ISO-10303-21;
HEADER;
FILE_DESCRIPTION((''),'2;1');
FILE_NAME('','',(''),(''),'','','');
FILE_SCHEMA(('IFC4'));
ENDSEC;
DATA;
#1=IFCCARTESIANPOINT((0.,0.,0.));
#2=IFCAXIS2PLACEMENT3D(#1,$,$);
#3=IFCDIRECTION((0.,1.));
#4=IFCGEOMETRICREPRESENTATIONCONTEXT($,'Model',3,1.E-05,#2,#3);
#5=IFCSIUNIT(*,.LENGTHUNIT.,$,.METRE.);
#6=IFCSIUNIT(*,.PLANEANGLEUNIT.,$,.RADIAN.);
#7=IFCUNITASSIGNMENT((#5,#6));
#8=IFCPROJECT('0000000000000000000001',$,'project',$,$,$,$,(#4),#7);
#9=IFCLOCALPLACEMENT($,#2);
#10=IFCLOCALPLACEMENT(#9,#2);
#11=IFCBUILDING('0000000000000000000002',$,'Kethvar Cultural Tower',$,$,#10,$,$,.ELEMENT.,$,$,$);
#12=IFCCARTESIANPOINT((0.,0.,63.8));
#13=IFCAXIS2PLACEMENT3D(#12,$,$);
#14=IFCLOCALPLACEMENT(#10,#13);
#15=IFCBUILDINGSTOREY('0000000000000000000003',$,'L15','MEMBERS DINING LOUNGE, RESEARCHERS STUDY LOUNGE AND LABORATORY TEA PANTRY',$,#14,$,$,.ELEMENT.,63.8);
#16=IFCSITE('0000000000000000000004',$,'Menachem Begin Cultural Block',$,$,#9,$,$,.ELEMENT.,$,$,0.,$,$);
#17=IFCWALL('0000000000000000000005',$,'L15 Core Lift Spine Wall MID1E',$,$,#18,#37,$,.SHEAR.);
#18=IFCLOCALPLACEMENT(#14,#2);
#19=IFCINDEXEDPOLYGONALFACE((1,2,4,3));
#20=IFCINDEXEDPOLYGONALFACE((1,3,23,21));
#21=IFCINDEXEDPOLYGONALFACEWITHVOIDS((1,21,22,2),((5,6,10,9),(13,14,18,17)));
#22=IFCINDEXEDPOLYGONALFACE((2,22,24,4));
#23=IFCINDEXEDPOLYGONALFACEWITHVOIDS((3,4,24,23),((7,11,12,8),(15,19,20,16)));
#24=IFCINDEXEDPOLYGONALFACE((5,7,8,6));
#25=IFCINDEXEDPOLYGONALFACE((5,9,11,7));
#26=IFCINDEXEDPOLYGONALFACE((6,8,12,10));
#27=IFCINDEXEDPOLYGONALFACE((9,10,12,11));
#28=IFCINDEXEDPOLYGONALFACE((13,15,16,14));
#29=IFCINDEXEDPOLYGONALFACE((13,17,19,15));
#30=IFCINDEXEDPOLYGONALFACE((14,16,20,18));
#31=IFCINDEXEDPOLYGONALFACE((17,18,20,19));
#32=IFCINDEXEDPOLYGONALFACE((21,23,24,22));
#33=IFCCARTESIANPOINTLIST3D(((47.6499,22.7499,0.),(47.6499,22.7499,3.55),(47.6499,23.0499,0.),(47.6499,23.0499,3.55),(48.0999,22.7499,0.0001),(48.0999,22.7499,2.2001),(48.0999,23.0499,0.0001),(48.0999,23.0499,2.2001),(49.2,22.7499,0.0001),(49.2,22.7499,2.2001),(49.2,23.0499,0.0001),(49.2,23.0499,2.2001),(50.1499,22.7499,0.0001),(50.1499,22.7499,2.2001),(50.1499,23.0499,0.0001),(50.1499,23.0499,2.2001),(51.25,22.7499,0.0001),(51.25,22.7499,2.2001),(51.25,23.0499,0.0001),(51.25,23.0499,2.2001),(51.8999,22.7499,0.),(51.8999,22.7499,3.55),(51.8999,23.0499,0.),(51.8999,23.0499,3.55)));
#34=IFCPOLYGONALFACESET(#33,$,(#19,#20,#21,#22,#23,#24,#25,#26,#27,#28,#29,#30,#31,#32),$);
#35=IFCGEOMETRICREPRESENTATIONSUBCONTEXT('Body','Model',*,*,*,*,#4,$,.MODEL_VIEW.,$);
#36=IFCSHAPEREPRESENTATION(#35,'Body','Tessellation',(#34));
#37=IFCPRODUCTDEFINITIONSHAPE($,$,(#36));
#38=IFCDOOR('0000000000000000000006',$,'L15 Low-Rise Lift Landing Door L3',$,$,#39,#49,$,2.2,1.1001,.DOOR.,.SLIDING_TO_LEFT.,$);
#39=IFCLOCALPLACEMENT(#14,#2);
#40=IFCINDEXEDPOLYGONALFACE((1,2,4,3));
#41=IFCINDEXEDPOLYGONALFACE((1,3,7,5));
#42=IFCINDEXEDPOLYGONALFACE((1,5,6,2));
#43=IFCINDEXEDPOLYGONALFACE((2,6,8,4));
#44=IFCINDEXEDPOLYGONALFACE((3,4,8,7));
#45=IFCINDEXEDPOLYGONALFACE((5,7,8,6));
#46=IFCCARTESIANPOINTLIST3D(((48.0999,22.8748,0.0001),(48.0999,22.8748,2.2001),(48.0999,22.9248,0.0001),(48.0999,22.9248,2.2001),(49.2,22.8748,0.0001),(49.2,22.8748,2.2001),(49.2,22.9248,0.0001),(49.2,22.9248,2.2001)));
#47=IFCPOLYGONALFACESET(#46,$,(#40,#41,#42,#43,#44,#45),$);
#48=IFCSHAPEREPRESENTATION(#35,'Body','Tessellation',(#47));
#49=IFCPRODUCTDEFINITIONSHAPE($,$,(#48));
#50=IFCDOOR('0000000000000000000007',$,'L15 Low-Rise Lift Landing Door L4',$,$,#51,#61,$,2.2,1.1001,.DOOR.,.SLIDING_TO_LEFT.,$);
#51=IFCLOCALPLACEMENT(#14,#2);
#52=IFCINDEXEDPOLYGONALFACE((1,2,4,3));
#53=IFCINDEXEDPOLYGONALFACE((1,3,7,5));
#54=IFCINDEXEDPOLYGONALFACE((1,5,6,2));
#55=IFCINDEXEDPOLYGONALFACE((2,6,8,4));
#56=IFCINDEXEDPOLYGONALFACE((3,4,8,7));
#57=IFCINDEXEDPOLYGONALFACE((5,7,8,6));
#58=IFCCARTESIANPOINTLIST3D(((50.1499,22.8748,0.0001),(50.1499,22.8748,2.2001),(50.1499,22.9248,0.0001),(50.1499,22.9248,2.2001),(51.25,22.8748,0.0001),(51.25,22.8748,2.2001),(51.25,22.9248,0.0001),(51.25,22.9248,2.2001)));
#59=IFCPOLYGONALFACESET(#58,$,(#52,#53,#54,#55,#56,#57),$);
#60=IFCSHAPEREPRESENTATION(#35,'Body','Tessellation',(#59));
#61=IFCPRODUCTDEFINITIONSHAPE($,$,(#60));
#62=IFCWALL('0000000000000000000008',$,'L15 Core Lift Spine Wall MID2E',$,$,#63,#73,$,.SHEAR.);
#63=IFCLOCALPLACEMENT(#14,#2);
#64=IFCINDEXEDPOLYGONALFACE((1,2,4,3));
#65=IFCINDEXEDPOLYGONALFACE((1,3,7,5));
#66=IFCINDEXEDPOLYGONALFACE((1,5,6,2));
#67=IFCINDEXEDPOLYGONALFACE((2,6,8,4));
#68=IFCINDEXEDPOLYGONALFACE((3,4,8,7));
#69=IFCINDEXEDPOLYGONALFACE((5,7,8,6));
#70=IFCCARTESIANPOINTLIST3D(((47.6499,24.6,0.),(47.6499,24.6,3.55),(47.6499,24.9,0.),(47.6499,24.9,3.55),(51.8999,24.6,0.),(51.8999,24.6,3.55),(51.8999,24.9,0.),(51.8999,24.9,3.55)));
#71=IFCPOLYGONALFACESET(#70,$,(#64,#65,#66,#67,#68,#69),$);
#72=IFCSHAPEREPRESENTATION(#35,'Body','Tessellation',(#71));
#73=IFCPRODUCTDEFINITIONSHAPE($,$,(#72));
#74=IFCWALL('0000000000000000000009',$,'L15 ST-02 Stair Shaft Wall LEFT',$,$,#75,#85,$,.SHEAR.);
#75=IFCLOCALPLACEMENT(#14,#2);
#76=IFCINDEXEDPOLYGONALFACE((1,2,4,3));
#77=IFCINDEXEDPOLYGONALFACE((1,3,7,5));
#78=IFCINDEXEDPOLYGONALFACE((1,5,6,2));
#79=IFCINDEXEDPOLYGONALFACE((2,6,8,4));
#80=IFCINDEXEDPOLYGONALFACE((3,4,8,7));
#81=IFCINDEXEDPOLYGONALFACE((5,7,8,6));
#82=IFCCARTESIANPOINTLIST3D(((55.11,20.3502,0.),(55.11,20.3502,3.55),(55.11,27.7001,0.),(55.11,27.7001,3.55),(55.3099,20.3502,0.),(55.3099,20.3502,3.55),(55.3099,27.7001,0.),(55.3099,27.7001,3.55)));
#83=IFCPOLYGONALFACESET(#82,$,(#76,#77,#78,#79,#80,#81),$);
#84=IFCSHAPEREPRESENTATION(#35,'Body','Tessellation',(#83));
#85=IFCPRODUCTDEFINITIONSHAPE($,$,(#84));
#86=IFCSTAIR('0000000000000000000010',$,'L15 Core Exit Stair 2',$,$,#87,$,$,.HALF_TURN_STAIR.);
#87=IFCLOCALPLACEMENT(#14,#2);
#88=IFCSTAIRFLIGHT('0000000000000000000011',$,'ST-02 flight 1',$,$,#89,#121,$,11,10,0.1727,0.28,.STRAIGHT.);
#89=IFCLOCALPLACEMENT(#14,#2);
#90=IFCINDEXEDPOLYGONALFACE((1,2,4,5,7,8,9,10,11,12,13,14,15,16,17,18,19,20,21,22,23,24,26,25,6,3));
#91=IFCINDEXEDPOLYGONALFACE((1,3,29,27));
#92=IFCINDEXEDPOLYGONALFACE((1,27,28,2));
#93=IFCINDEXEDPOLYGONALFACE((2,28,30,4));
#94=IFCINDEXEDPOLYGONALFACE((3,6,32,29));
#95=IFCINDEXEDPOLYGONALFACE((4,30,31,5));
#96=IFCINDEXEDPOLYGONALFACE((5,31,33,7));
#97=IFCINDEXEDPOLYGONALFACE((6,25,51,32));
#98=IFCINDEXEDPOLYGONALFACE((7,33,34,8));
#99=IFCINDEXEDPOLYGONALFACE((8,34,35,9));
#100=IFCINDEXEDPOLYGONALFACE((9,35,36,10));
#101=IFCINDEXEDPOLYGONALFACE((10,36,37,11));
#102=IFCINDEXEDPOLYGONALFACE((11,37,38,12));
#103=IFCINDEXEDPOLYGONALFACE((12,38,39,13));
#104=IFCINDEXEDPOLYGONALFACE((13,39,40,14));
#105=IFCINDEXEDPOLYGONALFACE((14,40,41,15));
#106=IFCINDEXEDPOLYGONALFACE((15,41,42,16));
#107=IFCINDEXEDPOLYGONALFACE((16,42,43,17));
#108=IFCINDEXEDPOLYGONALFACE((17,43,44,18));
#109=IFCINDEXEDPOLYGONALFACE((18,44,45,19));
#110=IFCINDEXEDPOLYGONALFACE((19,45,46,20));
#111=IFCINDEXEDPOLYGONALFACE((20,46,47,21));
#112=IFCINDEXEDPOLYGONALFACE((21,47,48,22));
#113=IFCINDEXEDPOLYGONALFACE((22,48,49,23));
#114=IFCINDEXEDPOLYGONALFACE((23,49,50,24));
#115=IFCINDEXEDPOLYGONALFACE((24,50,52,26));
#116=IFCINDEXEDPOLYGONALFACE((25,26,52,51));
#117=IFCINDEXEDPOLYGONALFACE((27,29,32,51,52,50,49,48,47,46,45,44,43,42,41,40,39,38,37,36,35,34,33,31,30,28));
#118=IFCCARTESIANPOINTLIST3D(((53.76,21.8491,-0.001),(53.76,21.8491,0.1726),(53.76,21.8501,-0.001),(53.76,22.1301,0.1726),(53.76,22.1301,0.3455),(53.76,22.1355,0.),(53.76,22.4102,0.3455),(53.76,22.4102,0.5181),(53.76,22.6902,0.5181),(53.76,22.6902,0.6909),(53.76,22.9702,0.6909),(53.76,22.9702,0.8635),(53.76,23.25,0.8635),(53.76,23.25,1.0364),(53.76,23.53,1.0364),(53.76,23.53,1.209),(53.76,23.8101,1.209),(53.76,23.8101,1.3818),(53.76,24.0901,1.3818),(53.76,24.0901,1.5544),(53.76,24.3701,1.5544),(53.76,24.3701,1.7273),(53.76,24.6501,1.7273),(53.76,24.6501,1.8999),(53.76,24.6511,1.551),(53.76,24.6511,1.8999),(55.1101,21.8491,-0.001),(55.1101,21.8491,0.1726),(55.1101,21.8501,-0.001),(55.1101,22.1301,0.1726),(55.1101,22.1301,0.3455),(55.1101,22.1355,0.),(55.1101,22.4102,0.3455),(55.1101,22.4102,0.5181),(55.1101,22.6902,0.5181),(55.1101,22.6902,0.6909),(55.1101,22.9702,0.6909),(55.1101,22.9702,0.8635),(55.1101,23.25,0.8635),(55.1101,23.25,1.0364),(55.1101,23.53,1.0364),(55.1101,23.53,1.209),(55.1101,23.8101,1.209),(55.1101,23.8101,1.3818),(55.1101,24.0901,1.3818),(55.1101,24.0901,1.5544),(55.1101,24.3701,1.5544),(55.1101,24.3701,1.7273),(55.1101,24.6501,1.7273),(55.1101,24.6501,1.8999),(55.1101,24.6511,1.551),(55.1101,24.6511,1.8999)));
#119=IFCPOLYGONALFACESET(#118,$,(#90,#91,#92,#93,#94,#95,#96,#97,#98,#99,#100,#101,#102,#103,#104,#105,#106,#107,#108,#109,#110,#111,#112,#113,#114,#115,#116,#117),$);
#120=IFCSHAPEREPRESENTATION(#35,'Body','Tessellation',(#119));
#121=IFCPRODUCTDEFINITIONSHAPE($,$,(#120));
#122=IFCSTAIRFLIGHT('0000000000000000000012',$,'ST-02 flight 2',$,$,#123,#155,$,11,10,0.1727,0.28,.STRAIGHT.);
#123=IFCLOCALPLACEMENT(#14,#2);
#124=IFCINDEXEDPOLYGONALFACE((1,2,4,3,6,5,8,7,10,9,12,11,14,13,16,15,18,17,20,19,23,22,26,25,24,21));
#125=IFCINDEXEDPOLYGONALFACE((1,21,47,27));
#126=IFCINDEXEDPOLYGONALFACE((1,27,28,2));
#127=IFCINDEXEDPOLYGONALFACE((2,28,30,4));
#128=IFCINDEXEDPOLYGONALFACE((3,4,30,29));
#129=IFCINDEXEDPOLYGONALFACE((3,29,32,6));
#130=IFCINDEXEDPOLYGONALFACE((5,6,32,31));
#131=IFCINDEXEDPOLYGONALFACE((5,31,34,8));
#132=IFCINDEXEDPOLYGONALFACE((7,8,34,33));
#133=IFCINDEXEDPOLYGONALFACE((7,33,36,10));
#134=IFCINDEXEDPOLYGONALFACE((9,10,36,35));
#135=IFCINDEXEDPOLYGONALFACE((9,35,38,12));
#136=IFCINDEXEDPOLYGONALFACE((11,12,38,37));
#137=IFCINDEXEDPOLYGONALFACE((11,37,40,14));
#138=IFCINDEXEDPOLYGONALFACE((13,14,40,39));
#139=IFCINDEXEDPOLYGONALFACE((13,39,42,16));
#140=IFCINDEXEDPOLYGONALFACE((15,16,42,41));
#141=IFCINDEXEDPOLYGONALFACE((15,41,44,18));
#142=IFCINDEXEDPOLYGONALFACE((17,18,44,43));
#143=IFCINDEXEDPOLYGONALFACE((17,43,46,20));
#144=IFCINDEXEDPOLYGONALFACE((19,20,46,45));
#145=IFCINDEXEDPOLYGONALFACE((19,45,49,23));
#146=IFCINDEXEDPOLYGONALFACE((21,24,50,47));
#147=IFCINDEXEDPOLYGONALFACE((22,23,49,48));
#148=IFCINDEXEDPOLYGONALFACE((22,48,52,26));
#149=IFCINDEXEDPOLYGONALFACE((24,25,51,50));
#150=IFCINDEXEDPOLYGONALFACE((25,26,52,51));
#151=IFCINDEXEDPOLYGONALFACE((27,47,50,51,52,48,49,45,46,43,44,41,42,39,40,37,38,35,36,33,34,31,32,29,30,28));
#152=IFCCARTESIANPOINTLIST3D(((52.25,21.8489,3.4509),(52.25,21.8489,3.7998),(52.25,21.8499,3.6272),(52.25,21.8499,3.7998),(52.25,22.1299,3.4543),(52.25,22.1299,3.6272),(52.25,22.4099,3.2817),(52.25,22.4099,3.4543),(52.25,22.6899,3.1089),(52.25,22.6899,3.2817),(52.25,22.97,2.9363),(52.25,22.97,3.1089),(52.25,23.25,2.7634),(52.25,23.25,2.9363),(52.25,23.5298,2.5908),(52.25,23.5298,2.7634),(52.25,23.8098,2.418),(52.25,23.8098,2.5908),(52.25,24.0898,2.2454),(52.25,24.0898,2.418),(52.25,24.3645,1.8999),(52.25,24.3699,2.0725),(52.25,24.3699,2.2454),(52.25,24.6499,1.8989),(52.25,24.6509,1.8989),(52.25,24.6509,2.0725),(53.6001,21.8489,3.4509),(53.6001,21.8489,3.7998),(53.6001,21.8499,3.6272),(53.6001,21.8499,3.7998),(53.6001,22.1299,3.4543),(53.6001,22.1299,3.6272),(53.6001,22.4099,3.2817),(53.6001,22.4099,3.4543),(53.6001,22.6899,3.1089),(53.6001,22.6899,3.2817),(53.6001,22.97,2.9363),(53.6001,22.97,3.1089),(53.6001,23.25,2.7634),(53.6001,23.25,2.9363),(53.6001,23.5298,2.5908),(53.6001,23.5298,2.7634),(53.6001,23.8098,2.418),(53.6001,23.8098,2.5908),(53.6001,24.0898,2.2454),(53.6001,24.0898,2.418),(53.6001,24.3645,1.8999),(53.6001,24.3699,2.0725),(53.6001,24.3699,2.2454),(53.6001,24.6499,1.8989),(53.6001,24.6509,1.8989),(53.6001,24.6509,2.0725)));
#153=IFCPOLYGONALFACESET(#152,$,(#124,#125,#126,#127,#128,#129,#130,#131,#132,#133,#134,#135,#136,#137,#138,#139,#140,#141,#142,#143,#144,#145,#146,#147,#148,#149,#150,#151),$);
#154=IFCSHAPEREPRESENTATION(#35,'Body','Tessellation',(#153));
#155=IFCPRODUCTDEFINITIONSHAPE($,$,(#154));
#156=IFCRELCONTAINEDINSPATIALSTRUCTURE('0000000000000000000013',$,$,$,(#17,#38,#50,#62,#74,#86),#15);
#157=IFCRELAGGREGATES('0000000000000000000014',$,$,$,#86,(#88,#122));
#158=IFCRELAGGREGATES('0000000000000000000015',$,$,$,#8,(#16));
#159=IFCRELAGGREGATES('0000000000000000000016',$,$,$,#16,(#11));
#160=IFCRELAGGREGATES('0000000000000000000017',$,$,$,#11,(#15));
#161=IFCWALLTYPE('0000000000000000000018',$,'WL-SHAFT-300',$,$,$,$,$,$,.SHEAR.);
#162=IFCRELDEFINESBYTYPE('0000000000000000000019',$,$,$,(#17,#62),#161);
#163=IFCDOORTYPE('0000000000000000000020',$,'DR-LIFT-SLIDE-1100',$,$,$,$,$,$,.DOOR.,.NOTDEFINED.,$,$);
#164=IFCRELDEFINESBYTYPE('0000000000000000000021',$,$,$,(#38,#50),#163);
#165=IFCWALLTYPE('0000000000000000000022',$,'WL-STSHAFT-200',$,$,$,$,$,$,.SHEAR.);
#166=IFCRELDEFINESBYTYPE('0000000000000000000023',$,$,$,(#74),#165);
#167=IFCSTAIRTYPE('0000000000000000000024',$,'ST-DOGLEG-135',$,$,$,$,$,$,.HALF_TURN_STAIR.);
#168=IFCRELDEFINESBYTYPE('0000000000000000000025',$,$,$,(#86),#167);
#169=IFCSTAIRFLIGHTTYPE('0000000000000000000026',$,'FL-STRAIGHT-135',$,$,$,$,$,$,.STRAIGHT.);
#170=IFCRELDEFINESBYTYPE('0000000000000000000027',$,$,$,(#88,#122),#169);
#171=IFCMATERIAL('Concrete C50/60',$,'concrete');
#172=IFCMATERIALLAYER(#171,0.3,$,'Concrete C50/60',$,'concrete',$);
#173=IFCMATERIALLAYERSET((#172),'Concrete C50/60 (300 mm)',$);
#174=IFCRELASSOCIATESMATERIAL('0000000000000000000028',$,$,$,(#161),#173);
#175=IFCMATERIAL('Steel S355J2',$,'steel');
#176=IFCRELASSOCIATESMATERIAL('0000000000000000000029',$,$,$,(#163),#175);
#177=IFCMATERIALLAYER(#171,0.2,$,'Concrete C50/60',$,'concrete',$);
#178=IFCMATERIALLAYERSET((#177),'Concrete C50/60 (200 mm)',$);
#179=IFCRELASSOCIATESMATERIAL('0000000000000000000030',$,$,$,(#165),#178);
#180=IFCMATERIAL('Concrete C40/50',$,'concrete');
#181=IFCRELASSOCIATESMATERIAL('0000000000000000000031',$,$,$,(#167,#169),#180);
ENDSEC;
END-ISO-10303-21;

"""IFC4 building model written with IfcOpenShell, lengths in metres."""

from ifc_helpers import new_model, si_unit, direction, frame, frame_2d, origin, place, context, subcontext, project, spatial, polyline, rectangle, outline, extrude, source, transform, mapped, material, layer, layer_set, type_object, element, fill, aggregate, save


model = new_model("IFC4")

# Units and contexts
model_context = context("Model", 3, precision=1e-05, world=origin(), true_north=direction((0.0, 1.0)))
body_context = subcontext(model_context, "Body", "Model", "MODEL_VIEW")
ifc_project = project(units=[si_unit("LENGTHUNIT", "METRE"), si_unit("PLANEANGLEUNIT", "RADIAN")], contexts=[model_context])

# Site, building, storey
site_placement = place(None, origin())
site = spatial("IfcSite", under=ifc_project, at=site_placement, Name="Menachem Begin Cultural Block", CompositionType="ELEMENT", RefElevation=0.0)
building_placement = place(site_placement, origin())
building = spatial("IfcBuilding", under=site, at=building_placement, Name="Kethvar Cultural Tower", CompositionType="ELEMENT")
storey_placement = place(building_placement, frame((0.0, 0.0, 63.8)))
storey = spatial("IfcBuildingStorey", under=building, at=storey_placement, Name="L15", Description="MEMBERS DINING LOUNGE, RESEARCHERS STUDY LOUNGE AND LABORATORY TEA PANTRY", CompositionType="ELEMENT", Elevation=63.8)

# Shared definitions
ifc_material_1 = material(Name="Steel S355J2", Category="steel")

# Wall, openings, doors
ifc_material_2 = material(Name="Concrete C50/60", Category="concrete")
ifc_layer_1 = layer(ifc_material_2, 0.3, Name="Concrete C50/60", Category="concrete")
ifc_layer_set_1 = layer_set([ifc_layer_1], Name="Concrete C50/60 (300 mm)")
wall_type_1 = type_object("IfcWallType", Name="WL-SHAFT-300", PredefinedType="SHEAR", material=ifc_layer_set_1)
wall_1_placement = place(storey_placement, frame((47.6499, 22.8999, 0.0), z_axis=(0.0, 0.0, 1.0), x_axis=(1.0, 0.0, 0.0)))
wall_1 = element("IfcWall", 1, at=wall_1_placement, inside=storey, type_object=wall_type_1, Name="L15 Core Lift Spine Wall MID1E", PredefinedType="SHEAR", context=body_context, shape_type="SweptSolid", body=[
    extrude(rectangle(XDim=4.25, YDim=0.3, at=frame_2d((2.125, 0.0))), origin(), (0.0, 0.0, 1.0), 3.55),
])
opening_1_placement = place(wall_1_placement, frame((0.45, 0.0, 0.0)))
opening_1 = element("IfcOpeningElement", 2, at=opening_1_placement, cuts=wall_1, PredefinedType="OPENING", context=body_context, shape_type="SweptSolid", body=[
    extrude(rectangle(XDim=1.1001, YDim=2.2, at=frame_2d((0.55, 1.1001))), frame((0.0, 0.1599, 0.0), z_axis=(0.0, -1.0, 0.0), x_axis=(1.0, 0.0, 0.0)), (0.0, 0.0, 1.0), 0.3201),
])
opening_2_placement = place(wall_1_placement, frame((2.5, 0.0, 0.0)))
opening_2 = element("IfcOpeningElement", 3, at=opening_2_placement, cuts=wall_1, PredefinedType="OPENING", context=body_context, shape_type="SweptSolid", body=[
    extrude(rectangle(XDim=1.1001, YDim=2.2, at=frame_2d((0.55, 1.1001))), frame((0.0, 0.1599, 0.0), z_axis=(0.0, -1.0, 0.0), x_axis=(1.0, 0.0, 0.0)), (0.0, 0.0, 1.0), 0.3201),
])
door_type = type_object("IfcDoorType", Name="DR-LIFT-SLIDE-1100", OperationType="NOTDEFINED", PredefinedType="DOOR", material=ifc_material_1)
shared_shape_1 = source(origin(), body_context, "Body", "SweptSolid", [
    extrude(rectangle(XDim=1.1001, YDim=2.2, at=frame_2d((0.55, 1.1001))), frame((0.0, 0.0249, 0.0), z_axis=(0.0, -1.0, 0.0), x_axis=(1.0, 0.0, 0.0)), (0.0, 0.0, 1.0), 0.05),
])
door_1_placement = place(opening_1_placement, origin())
door_1 = element("IfcDoor", 4, at=door_1_placement, inside=storey, type_object=door_type, Name="L15 Low-Rise Lift Landing Door L3", OperationType="SLIDING_TO_LEFT", OverallHeight=2.2, OverallWidth=1.1001, PredefinedType="DOOR", context=body_context, shape_type="MappedRepresentation", body=[
    mapped(shared_shape_1, transform((0.0, 0.0, 0.0), scale=1.0)),
])
fill(opening_1, door_1)
door_2_placement = place(opening_2_placement, origin())
door_2 = element("IfcDoor", 5, at=door_2_placement, inside=storey, type_object=door_type, Name="L15 Low-Rise Lift Landing Door L4", OperationType="SLIDING_TO_LEFT", OverallHeight=2.2, OverallWidth=1.1001, PredefinedType="DOOR", context=body_context, shape_type="MappedRepresentation", body=[
    mapped(shared_shape_1, transform((0.0, 0.0, 0.0), scale=1.0)),
])
fill(opening_2, door_2)

# Walls
wall_2_placement = place(storey_placement, frame((47.6499, 24.75, 0.0), z_axis=(0.0, 0.0, 1.0), x_axis=(1.0, 0.0, 0.0)))
element("IfcWall", 6, at=wall_2_placement, inside=storey, type_object=wall_type_1, Name="L15 Core Lift Spine Wall MID2E", PredefinedType="SHEAR", context=body_context, shape_type="SweptSolid", body=[
    extrude(rectangle(XDim=4.25, YDim=0.3, at=frame_2d((2.125, 0.0))), origin(), (0.0, 0.0, 1.0), 3.55),
])
ifc_layer_2 = layer(ifc_material_2, 0.2, Name="Concrete C50/60", Category="concrete")
ifc_layer_set_2 = layer_set([ifc_layer_2], Name="Concrete C50/60 (200 mm)")
wall_type_2 = type_object("IfcWallType", Name="WL-STSHAFT-200", PredefinedType="SHEAR", material=ifc_layer_set_2)
wall_3_placement = place(storey_placement, frame((55.21, 27.7, 0.0), z_axis=(0.0, 0.0, 1.0), x_axis=(0.0, -1.0, 0.0)))
element("IfcWall", 7, at=wall_3_placement, inside=storey, type_object=wall_type_2, Name="L15 ST-02 Stair Shaft Wall LEFT", PredefinedType="SHEAR", context=body_context, shape_type="SweptSolid", body=[
    extrude(rectangle(XDim=7.3499, YDim=0.2, at=frame_2d((3.6748, 0.0))), origin(), (0.0, 0.0, 1.0), 3.55),
])

# Stair, stair flights
ifc_material_3 = material(Name="Concrete C40/50", Category="concrete")
stair_type = type_object("IfcStairType", Name="ST-DOGLEG-135", PredefinedType="HALF_TURN_STAIR", material=ifc_material_3)
stair_placement = place(storey_placement, origin())
stair = element("IfcStair", 8, at=stair_placement, inside=storey, type_object=stair_type, Name="L15 Core Exit Stair 2", PredefinedType="HALF_TURN_STAIR")
stair_flight_type = type_object("IfcStairFlightType", Name="FL-STRAIGHT-135", PredefinedType="STRAIGHT", material=ifc_material_3)
stair_flight_1_placement = place(storey_placement, frame((54.4351, 21.8501, 0.0), z_axis=(0.0, 0.0, 1.0), x_axis=(0.0, 1.0, 0.0)))
stair_flight_1 = element("IfcStairFlight", 9, at=stair_flight_1_placement, type_object=stair_flight_type, Name="ST-02 flight 1", NumberOfRisers=11, NumberOfTreads=10, PredefinedType="STRAIGHT", RiserHeight=0.1727, TreadLength=0.28, context=body_context, shape_type="SweptSolid", body=[
    extrude(outline(polyline([(-0.001, -0.001), (-0.001, 0.1726), (0.28, 0.1726), (0.28, 0.3455), (0.5601, 0.3455), (0.5601, 0.5181), (0.8401, 0.5181), (0.8401, 0.6909), (1.1201, 0.6909), (1.1201, 0.8635), (1.3999, 0.8635), (1.3999, 1.0364), (1.6799, 1.0364), (1.6799, 1.209), (1.96, 1.209), (1.96, 1.3818), (2.24, 1.3818), (2.24, 1.5544), (2.52, 1.5544), (2.52, 1.7273), (2.8, 1.7273), (2.8, 1.8999), (2.801, 1.8999), (2.801, 1.551), (0.2854, 0.0), (0.0, -0.001), (-0.001, -0.001)])), frame((0.0, 0.675, 0.0), z_axis=(0.0, -1.0, 0.0), x_axis=(1.0, 0.0, 0.0)), (0.0, 0.0, 1.0), 1.3501),
])
stair_flight_2_placement = place(storey_placement, frame((52.925, 24.6499, 1.8999), z_axis=(0.0, 0.0, 1.0), x_axis=(0.0, -1.0, 0.0)))
stair_flight_2 = element("IfcStairFlight", 10, at=stair_flight_2_placement, type_object=stair_flight_type, Name="ST-02 flight 2", NumberOfRisers=11, NumberOfTreads=10, PredefinedType="STRAIGHT", RiserHeight=0.1727, TreadLength=0.28, context=body_context, shape_type="SweptSolid", body=[
    extrude(outline(polyline([(-0.001, -0.001), (-0.001, 0.1726), (0.28, 0.1726), (0.28, 0.3455), (0.5601, 0.3455), (0.5601, 0.5181), (0.8401, 0.5181), (0.8401, 0.6909), (1.1201, 0.6909), (1.1201, 0.8635), (1.3999, 0.8635), (1.3999, 1.0364), (1.6799, 1.0364), (1.6799, 1.209), (1.96, 1.209), (1.96, 1.3818), (2.24, 1.3818), (2.24, 1.5544), (2.52, 1.5544), (2.52, 1.7273), (2.8, 1.7273), (2.8, 1.8999), (2.801, 1.8999), (2.801, 1.551), (0.2854, 0.0), (0.0, -0.001), (-0.001, -0.001)])), frame((0.0, 0.675, 0.0), z_axis=(0.0, -1.0, 0.0), x_axis=(1.0, 0.0, 0.0)), (0.0, 0.0, 1.0), 1.3501),
])
aggregate(stair, [stair_flight_1, stair_flight_2])

save(model, "model.ifc")
